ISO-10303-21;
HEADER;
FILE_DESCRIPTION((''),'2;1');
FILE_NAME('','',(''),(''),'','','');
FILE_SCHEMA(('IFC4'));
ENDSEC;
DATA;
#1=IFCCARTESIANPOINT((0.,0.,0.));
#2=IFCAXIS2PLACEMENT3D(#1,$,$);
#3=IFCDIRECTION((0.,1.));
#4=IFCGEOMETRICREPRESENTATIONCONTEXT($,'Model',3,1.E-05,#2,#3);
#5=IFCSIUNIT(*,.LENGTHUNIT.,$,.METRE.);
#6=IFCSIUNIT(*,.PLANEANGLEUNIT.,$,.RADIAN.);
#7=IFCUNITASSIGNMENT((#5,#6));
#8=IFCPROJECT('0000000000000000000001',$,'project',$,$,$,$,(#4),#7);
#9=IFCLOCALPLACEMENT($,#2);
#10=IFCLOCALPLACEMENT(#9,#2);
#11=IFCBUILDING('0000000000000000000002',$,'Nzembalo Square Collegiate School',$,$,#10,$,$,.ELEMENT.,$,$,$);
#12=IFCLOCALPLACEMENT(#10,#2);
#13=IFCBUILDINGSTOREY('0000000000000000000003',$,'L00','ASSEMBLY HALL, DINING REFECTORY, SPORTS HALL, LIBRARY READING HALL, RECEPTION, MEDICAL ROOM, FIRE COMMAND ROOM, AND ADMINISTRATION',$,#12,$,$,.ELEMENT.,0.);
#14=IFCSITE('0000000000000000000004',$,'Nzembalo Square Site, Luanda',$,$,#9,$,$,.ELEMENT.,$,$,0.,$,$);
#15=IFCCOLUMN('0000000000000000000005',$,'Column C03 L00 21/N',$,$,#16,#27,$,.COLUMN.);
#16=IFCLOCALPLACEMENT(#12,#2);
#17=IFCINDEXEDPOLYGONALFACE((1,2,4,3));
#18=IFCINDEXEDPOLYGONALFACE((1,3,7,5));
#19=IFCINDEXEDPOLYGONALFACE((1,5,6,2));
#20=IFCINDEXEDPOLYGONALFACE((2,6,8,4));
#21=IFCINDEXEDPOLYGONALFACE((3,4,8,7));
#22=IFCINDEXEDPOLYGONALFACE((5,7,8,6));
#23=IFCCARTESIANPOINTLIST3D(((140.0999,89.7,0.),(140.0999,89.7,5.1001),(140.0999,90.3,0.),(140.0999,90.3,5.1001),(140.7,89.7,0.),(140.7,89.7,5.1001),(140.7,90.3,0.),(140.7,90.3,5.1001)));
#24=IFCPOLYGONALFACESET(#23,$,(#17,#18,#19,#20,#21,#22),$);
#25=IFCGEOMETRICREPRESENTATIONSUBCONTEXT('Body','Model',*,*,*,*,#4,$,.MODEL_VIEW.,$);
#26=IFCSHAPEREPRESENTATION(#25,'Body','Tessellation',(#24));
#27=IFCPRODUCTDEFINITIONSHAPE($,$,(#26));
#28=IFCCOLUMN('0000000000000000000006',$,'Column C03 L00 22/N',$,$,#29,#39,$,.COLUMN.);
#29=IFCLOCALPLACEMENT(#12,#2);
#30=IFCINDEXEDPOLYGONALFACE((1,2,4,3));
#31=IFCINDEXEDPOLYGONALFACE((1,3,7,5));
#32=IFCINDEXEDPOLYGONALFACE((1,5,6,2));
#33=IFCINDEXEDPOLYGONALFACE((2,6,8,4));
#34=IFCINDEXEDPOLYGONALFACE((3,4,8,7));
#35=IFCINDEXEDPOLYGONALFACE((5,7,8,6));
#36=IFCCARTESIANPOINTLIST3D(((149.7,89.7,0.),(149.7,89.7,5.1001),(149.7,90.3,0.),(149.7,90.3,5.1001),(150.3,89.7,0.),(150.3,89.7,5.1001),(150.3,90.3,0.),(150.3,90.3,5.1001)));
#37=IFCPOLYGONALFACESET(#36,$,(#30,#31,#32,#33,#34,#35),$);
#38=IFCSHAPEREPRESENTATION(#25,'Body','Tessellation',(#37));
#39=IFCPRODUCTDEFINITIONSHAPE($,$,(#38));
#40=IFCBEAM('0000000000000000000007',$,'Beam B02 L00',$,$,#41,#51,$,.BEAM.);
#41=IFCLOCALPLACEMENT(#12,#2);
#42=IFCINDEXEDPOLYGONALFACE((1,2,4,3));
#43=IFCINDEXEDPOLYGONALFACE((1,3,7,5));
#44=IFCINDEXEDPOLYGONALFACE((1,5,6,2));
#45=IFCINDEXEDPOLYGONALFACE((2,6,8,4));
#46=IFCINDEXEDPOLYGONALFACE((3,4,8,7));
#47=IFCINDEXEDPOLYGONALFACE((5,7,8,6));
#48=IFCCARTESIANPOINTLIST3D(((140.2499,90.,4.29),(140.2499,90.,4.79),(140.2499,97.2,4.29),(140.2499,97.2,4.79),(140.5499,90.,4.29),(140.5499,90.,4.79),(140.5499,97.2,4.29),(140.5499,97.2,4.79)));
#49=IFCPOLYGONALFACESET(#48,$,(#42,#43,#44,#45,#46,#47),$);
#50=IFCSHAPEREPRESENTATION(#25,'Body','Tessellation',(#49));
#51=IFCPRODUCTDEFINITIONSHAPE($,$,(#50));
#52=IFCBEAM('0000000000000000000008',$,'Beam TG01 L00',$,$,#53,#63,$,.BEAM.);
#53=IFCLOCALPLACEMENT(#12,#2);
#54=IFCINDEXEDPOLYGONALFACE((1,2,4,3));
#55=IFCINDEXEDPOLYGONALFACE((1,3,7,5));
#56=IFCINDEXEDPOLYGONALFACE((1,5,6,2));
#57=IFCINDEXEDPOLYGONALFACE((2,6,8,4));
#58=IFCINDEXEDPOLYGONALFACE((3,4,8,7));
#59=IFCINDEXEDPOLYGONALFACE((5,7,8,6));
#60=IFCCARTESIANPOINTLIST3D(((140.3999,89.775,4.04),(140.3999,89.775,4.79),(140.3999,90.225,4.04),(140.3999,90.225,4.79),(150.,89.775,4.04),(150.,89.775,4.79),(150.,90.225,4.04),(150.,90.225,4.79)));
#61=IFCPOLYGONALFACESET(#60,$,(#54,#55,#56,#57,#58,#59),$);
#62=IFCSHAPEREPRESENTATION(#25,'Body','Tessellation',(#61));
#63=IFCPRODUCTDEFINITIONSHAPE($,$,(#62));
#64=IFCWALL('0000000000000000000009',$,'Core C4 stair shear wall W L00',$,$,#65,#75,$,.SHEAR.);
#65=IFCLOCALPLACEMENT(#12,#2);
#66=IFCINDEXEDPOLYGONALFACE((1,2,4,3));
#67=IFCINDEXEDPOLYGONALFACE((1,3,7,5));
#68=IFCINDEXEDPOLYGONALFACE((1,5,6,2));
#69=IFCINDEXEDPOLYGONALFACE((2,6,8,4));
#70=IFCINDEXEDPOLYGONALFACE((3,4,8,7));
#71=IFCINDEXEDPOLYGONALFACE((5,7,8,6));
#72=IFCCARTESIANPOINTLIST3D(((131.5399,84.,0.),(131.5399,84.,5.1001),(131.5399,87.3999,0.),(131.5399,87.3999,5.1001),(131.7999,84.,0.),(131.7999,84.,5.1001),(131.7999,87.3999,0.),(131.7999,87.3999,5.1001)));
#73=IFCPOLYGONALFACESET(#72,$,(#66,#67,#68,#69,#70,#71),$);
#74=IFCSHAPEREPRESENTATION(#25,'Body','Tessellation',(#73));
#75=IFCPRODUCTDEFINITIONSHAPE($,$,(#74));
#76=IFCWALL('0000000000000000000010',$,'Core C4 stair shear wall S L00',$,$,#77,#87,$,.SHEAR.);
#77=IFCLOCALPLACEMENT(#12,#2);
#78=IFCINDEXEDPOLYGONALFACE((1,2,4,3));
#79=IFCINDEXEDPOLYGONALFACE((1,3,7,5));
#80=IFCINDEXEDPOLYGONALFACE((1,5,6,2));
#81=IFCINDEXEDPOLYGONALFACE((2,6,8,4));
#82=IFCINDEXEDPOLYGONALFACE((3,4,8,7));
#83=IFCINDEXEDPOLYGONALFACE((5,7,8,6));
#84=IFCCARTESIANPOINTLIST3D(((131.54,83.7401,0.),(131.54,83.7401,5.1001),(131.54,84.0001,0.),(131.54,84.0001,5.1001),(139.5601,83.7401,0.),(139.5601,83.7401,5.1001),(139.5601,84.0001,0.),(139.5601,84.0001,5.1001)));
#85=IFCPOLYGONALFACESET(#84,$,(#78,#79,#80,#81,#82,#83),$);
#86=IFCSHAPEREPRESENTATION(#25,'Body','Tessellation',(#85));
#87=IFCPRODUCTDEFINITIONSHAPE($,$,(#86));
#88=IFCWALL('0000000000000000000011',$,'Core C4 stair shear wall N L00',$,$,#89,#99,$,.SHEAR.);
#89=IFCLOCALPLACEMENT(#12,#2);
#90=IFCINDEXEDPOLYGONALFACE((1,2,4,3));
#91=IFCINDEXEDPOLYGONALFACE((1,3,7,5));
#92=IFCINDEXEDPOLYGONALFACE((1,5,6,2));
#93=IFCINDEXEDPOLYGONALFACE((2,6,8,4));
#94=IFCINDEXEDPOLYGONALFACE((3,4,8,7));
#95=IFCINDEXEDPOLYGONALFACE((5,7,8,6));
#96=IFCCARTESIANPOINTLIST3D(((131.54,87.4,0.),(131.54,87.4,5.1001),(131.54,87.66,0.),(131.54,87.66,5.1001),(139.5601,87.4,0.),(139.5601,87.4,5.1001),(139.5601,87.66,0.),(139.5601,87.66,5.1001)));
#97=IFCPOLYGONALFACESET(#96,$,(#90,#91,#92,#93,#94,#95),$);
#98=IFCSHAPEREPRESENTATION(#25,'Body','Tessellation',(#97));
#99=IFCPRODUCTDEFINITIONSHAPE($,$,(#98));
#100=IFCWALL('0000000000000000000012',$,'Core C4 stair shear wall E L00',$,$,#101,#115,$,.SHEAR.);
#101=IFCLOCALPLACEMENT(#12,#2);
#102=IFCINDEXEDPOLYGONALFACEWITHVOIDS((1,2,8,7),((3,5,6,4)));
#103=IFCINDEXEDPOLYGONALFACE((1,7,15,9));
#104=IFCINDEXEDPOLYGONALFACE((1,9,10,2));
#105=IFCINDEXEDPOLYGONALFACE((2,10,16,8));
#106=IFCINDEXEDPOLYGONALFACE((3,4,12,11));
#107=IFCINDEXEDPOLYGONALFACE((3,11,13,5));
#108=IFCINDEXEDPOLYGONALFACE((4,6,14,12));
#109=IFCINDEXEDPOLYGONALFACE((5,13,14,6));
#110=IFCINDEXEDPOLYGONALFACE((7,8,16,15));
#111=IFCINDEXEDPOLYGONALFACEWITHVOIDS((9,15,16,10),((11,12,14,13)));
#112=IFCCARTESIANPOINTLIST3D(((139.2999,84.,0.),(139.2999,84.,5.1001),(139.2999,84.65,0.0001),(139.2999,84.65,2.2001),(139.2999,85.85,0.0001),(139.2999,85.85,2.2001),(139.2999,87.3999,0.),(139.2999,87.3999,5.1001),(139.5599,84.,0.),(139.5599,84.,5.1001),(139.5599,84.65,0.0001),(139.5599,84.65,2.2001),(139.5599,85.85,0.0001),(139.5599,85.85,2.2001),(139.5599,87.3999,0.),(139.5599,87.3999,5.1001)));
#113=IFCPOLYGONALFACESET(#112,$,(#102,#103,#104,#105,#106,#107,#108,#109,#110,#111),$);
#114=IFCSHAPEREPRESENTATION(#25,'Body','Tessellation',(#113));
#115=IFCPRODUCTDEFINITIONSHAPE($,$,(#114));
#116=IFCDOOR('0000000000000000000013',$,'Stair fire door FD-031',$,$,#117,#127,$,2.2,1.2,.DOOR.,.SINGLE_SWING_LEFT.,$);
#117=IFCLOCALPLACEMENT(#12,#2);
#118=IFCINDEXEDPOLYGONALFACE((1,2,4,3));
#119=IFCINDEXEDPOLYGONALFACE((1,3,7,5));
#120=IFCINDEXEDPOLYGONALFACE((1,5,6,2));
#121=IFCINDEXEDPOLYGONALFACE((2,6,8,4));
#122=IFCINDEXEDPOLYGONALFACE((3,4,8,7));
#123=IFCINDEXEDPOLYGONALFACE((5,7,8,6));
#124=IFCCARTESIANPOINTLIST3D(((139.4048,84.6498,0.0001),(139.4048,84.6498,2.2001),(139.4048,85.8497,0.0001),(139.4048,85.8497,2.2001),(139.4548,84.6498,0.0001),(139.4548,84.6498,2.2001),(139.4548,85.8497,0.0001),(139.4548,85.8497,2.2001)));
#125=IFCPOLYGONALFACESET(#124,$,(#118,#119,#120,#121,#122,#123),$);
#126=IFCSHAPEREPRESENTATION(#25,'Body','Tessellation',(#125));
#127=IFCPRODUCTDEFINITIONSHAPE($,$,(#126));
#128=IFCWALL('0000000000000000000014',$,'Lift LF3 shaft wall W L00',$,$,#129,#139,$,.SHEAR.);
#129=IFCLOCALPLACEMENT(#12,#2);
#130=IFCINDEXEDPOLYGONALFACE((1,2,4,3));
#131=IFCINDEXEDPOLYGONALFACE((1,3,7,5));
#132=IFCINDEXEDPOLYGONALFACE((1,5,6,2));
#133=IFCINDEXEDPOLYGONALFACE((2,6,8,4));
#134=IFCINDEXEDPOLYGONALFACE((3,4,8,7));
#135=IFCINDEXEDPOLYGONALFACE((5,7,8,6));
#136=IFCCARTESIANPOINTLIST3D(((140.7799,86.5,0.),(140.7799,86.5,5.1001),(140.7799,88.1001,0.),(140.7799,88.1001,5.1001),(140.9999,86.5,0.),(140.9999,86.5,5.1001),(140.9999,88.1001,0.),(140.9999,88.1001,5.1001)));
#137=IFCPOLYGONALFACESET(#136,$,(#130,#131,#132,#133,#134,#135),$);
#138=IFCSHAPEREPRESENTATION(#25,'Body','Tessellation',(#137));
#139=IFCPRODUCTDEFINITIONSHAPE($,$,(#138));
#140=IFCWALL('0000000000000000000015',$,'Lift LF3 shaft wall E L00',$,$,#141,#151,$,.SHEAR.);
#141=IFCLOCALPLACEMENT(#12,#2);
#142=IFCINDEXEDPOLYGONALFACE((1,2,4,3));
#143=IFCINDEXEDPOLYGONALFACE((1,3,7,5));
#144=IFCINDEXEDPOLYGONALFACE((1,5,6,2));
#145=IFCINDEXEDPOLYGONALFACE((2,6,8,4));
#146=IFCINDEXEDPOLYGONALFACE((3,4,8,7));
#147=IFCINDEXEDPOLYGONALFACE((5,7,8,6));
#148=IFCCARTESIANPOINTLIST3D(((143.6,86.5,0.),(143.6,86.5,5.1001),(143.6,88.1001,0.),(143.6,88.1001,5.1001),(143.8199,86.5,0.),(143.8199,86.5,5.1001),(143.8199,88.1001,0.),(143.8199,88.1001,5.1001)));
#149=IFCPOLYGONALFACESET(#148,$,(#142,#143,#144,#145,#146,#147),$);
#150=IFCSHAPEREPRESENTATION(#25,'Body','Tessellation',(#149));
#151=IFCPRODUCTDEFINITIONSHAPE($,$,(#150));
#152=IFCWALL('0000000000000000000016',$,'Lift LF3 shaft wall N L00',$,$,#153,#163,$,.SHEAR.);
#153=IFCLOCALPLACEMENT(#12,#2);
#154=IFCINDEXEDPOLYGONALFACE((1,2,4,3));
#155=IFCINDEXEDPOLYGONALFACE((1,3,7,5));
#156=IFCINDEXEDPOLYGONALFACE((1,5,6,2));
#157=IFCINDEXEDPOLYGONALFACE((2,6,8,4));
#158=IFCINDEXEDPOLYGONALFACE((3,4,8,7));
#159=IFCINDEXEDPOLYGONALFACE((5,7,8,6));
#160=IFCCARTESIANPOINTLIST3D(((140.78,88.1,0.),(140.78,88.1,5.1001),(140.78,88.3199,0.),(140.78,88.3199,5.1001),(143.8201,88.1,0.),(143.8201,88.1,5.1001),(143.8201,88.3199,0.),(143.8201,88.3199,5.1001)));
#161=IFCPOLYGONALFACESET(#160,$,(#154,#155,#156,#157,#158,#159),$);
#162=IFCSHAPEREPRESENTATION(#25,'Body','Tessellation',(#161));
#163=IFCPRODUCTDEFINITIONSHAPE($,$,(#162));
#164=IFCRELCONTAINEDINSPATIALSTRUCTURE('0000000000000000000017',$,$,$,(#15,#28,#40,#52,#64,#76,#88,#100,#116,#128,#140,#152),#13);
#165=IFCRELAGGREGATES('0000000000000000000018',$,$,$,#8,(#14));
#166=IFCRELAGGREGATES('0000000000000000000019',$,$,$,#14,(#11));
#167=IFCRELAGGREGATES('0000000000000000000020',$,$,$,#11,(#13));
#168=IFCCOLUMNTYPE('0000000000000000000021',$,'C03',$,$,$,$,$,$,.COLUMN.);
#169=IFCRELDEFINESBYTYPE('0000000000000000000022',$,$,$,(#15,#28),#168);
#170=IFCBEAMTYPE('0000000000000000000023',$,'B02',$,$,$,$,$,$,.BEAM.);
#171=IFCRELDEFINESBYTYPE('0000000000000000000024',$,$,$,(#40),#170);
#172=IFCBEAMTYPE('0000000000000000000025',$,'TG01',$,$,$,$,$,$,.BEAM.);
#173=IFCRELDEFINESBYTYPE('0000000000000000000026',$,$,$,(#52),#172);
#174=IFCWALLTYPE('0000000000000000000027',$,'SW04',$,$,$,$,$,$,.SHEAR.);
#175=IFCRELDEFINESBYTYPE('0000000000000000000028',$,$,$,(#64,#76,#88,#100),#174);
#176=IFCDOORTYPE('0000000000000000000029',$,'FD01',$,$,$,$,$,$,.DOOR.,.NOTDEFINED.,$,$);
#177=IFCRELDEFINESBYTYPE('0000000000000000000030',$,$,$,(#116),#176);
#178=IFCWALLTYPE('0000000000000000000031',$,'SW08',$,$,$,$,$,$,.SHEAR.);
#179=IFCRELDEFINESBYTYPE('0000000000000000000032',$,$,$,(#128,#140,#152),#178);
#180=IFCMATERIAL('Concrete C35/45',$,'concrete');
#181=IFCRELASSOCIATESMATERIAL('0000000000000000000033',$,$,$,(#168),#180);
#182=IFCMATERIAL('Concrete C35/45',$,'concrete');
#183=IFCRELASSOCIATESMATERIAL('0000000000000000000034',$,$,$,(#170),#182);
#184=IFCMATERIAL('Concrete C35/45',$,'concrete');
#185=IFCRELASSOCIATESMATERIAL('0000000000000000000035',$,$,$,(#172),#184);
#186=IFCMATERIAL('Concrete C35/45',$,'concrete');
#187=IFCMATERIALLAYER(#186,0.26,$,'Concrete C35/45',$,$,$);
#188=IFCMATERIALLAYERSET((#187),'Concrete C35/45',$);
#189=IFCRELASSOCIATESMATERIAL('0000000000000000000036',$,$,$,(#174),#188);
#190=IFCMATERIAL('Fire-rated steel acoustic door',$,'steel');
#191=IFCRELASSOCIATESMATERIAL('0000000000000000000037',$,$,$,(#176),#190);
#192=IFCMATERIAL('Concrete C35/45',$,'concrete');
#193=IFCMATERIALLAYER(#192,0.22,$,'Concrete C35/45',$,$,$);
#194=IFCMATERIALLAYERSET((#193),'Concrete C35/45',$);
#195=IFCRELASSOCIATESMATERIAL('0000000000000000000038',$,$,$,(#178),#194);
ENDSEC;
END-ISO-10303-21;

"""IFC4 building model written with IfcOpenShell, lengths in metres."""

from ifc_helpers import new_model, si_unit, direction, frame, frame_2d, origin, origin_2d, place, context, subcontext, project, spatial, rectangle, extrude, material, layer, layer_set, material_profile, profile_set, type_object, element, fill, save


model = new_model("IFC4")

# Units and contexts
model_context = context("Model", 3, precision=1e-05, world=origin(), true_north=direction((0.0, 1.0)))
body_context = subcontext(model_context, "Body", "Model", "MODEL_VIEW")
ifc_project = project(units=[si_unit("LENGTHUNIT", "METRE"), si_unit("PLANEANGLEUNIT", "RADIAN")], contexts=[model_context])

# Site, building, storey
site_placement = place(None, origin())
site = spatial("IfcSite", under=ifc_project, at=site_placement, Name="Nzembalo Square Site, Luanda", CompositionType="ELEMENT", RefElevation=0.0)
building_placement = place(site_placement, origin())
building = spatial("IfcBuilding", under=site, at=building_placement, Name="Nzembalo Square Collegiate School", CompositionType="ELEMENT")
storey_placement = place(building_placement, origin())
storey = spatial("IfcBuildingStorey", under=building, at=storey_placement, Name="L00", Description="ASSEMBLY HALL, DINING REFECTORY, SPORTS HALL, LIBRARY READING HALL, RECEPTION, MEDICAL ROOM, FIRE COMMAND ROOM, AND ADMINISTRATION", CompositionType="ELEMENT", Elevation=0.0)

# Columns
ifc_material_1 = material(Name="Concrete C35/45", Category="concrete")
ifc_material_profile_1 = material_profile(ifc_material_1, rectangle(XDim=0.6001, YDim=0.6001, at=origin_2d()), Name="RC 600x600")
ifc_profile_set_1 = profile_set([ifc_material_profile_1], Name="Concrete C35/45")
column_type = type_object("IfcColumnType", Name="C03", PredefinedType="COLUMN", material=ifc_profile_set_1)
for number, where, z_axis, x_axis, name in (
    (1, (140.3999, 90.0, 0.0), (0.0, 0.0, 1.0), (1.0, 0.0, 0.0), "Column C03 L00 21/N"),
    (2, (150.0, 90.0, 0.0), (0.0, 0.0, 1.0), (1.0, 0.0, 0.0), "Column C03 L00 22/N"),
):
    element("IfcColumn", number, at=place(storey_placement, frame(where, z_axis=z_axis, x_axis=x_axis)), inside=storey, type_object=column_type, Name=name, PredefinedType="COLUMN", context=body_context, shape_type="SweptSolid", body=[
        extrude(rectangle(XDim=0.6001, YDim=0.6001, at=origin_2d()), origin(), (0.0, 0.0, 1.0), 5.1001),
    ])

# Beams
ifc_material_2 = material(Name="Concrete C35/45", Category="concrete")
ifc_material_profile_2 = material_profile(ifc_material_2, rectangle(XDim=0.3, YDim=0.5, at=origin_2d()), Name="RC 300x500")
ifc_profile_set_2 = profile_set([ifc_material_profile_2], Name="Concrete C35/45")
beam_type_1 = type_object("IfcBeamType", Name="B02", PredefinedType="BEAM", material=ifc_profile_set_2)
beam_1_placement = place(storey_placement, frame((140.3999, 90.0, 4.54), z_axis=(0.0, 1.0, 0.0), x_axis=(-1.0, 0.0, 0.0)))
element("IfcBeam", 3, at=beam_1_placement, inside=storey, type_object=beam_type_1, Name="Beam B02 L00", PredefinedType="BEAM", context=body_context, shape_type="SweptSolid", body=[
    extrude(rectangle(XDim=0.3, YDim=0.5, at=origin_2d()), origin(), (0.0, 0.0, 1.0), 7.2),
])
ifc_material_3 = material(Name="Concrete C35/45", Category="concrete")
ifc_material_profile_3 = material_profile(ifc_material_3, rectangle(XDim=0.45, YDim=0.75, at=origin_2d()), Name="RC 450x750")
ifc_profile_set_3 = profile_set([ifc_material_profile_3], Name="Concrete C35/45")
beam_type_2 = type_object("IfcBeamType", Name="TG01", PredefinedType="BEAM", material=ifc_profile_set_3)
beam_2_placement = place(storey_placement, frame((140.3999, 90.0, 4.415), z_axis=(1.0, 0.0, 0.0), x_axis=(0.0, 1.0, 0.0)))
element("IfcBeam", 4, at=beam_2_placement, inside=storey, type_object=beam_type_2, Name="Beam TG01 L00", PredefinedType="BEAM", context=body_context, shape_type="SweptSolid", body=[
    extrude(rectangle(XDim=0.45, YDim=0.75, at=origin_2d()), origin(), (0.0, 0.0, 1.0), 9.6001),
])

# Walls
ifc_material_4 = material(Name="Concrete C35/45", Category="concrete")
ifc_layer_1 = layer(ifc_material_4, 0.26, Name="Concrete C35/45")
ifc_layer_set_1 = layer_set([ifc_layer_1], Name="Concrete C35/45")
wall_type_1 = type_object("IfcWallType", Name="SW04", PredefinedType="SHEAR", material=ifc_layer_set_1)
wall_1_placement = place(storey_placement, frame((131.6699, 84.0, 0.0), z_axis=(0.0, 0.0, 1.0), x_axis=(0.0, 1.0, 0.0)))
element("IfcWall", 5, at=wall_1_placement, inside=storey, type_object=wall_type_1, Name="Core C4 stair shear wall W L00", PredefinedType="SHEAR", context=body_context, shape_type="SweptSolid", body=[
    extrude(rectangle(XDim=3.3999, YDim=0.26, at=frame_2d((1.7, 0.0))), origin(), (0.0, 0.0, 1.0), 5.1001),
])
for number, where, z_axis, x_axis, name in (
    (6, (131.54, 83.8701, 0.0), (0.0, 0.0, 1.0), (1.0, 0.0, 0.0), "Core C4 stair shear wall S L00"),
    (7, (131.54, 87.53, 0.0), (0.0, 0.0, 1.0), (1.0, 0.0, 0.0), "Core C4 stair shear wall N L00"),
):
    element("IfcWall", number, at=place(storey_placement, frame(where, z_axis=z_axis, x_axis=x_axis)), inside=storey, type_object=wall_type_1, Name=name, PredefinedType="SHEAR", context=body_context, shape_type="SweptSolid", body=[
        extrude(rectangle(XDim=8.02, YDim=0.26, at=frame_2d((4.01, 0.0))), origin(), (0.0, 0.0, 1.0), 5.1001),
    ])

# Wall, opening, door
wall_2_placement = place(storey_placement, frame((139.4299, 84.0, 0.0), z_axis=(0.0, 0.0, 1.0), x_axis=(0.0, 1.0, 0.0)))
wall_2 = element("IfcWall", 8, at=wall_2_placement, inside=storey, type_object=wall_type_1, Name="Core C4 stair shear wall E L00", PredefinedType="SHEAR", context=body_context, shape_type="SweptSolid", body=[
    extrude(rectangle(XDim=3.3999, YDim=0.26, at=frame_2d((1.7, 0.0))), origin(), (0.0, 0.0, 1.0), 5.1001),
])
opening_1_placement = place(wall_2_placement, frame((0.6499, 0.0, 0.0)))
opening_1 = element("IfcOpeningElement", 9, at=opening_1_placement, cuts=wall_2, PredefinedType="OPENING", context=body_context, shape_type="SweptSolid", body=[
    extrude(rectangle(XDim=1.2, YDim=2.2, at=frame_2d((0.6001, 1.1001))), frame((0.0, 0.1401, 0.0), z_axis=(0.0, -1.0, 0.0), x_axis=(1.0, 0.0, 0.0)), (0.0, 0.0, 1.0), 0.28),
])
ifc_material_5 = material(Name="Fire-rated steel acoustic door", Category="steel")
door_type_1 = type_object("IfcDoorType", Name="FD01", OperationType="NOTDEFINED", PredefinedType="DOOR", material=ifc_material_5)
door_1_placement = place(opening_1_placement, frame((1.2, 0.0, 0.0), z_axis=(0.0, 0.0, 1.0), x_axis=(-1.0, 0.0, 0.0)))
door_1 = element("IfcDoor", 10, at=door_1_placement, inside=storey, type_object=door_type_1, Name="Stair fire door FD-031", OperationType="SINGLE_SWING_LEFT", OverallHeight=2.2, OverallWidth=1.2, PredefinedType="DOOR", context=body_context, shape_type="SweptSolid", body=[
    extrude(rectangle(XDim=1.2, YDim=2.2, at=frame_2d((0.6001, 1.1001))), frame((0.0, 0.0249, 0.0), z_axis=(0.0, -1.0, 0.0), x_axis=(1.0, 0.0, 0.0)), (0.0, 0.0, 1.0), 0.05),
])
fill(opening_1, door_1)

# Walls
ifc_material_6 = material(Name="Concrete C35/45", Category="concrete")
ifc_layer_2 = layer(ifc_material_6, 0.22, Name="Concrete C35/45")
ifc_layer_set_2 = layer_set([ifc_layer_2], Name="Concrete C35/45")
wall_type_2 = type_object("IfcWallType", Name="SW08", PredefinedType="SHEAR", material=ifc_layer_set_2)
for number, where, z_axis, x_axis, name in (
    (11, (140.8899, 86.5, 0.0), (0.0, 0.0, 1.0), (0.0, 1.0, 0.0), "Lift LF3 shaft wall W L00"),
    (12, (143.71, 86.5, 0.0), (0.0, 0.0, 1.0), (0.0, 1.0, 0.0), "Lift LF3 shaft wall E L00"),
):
    element("IfcWall", number, at=place(storey_placement, frame(where, z_axis=z_axis, x_axis=x_axis)), inside=storey, type_object=wall_type_2, Name=name, PredefinedType="SHEAR", context=body_context, shape_type="SweptSolid", body=[
        extrude(rectangle(XDim=1.6001, YDim=0.22, at=frame_2d((0.8, 0.0))), origin(), (0.0, 0.0, 1.0), 5.1001),
    ])
wall_3_placement = place(storey_placement, frame((140.78, 88.21, 0.0), z_axis=(0.0, 0.0, 1.0), x_axis=(1.0, 0.0, 0.0)))
element("IfcWall", 13, at=wall_3_placement, inside=storey, type_object=wall_type_2, Name="Lift LF3 shaft wall N L00", PredefinedType="SHEAR", context=body_context, shape_type="SweptSolid", body=[
    extrude(rectangle(XDim=3.04, YDim=0.22, at=frame_2d((1.52, 0.0))), origin(), (0.0, 0.0, 1.0), 5.1001),
])

save(model, "model.ifc")
